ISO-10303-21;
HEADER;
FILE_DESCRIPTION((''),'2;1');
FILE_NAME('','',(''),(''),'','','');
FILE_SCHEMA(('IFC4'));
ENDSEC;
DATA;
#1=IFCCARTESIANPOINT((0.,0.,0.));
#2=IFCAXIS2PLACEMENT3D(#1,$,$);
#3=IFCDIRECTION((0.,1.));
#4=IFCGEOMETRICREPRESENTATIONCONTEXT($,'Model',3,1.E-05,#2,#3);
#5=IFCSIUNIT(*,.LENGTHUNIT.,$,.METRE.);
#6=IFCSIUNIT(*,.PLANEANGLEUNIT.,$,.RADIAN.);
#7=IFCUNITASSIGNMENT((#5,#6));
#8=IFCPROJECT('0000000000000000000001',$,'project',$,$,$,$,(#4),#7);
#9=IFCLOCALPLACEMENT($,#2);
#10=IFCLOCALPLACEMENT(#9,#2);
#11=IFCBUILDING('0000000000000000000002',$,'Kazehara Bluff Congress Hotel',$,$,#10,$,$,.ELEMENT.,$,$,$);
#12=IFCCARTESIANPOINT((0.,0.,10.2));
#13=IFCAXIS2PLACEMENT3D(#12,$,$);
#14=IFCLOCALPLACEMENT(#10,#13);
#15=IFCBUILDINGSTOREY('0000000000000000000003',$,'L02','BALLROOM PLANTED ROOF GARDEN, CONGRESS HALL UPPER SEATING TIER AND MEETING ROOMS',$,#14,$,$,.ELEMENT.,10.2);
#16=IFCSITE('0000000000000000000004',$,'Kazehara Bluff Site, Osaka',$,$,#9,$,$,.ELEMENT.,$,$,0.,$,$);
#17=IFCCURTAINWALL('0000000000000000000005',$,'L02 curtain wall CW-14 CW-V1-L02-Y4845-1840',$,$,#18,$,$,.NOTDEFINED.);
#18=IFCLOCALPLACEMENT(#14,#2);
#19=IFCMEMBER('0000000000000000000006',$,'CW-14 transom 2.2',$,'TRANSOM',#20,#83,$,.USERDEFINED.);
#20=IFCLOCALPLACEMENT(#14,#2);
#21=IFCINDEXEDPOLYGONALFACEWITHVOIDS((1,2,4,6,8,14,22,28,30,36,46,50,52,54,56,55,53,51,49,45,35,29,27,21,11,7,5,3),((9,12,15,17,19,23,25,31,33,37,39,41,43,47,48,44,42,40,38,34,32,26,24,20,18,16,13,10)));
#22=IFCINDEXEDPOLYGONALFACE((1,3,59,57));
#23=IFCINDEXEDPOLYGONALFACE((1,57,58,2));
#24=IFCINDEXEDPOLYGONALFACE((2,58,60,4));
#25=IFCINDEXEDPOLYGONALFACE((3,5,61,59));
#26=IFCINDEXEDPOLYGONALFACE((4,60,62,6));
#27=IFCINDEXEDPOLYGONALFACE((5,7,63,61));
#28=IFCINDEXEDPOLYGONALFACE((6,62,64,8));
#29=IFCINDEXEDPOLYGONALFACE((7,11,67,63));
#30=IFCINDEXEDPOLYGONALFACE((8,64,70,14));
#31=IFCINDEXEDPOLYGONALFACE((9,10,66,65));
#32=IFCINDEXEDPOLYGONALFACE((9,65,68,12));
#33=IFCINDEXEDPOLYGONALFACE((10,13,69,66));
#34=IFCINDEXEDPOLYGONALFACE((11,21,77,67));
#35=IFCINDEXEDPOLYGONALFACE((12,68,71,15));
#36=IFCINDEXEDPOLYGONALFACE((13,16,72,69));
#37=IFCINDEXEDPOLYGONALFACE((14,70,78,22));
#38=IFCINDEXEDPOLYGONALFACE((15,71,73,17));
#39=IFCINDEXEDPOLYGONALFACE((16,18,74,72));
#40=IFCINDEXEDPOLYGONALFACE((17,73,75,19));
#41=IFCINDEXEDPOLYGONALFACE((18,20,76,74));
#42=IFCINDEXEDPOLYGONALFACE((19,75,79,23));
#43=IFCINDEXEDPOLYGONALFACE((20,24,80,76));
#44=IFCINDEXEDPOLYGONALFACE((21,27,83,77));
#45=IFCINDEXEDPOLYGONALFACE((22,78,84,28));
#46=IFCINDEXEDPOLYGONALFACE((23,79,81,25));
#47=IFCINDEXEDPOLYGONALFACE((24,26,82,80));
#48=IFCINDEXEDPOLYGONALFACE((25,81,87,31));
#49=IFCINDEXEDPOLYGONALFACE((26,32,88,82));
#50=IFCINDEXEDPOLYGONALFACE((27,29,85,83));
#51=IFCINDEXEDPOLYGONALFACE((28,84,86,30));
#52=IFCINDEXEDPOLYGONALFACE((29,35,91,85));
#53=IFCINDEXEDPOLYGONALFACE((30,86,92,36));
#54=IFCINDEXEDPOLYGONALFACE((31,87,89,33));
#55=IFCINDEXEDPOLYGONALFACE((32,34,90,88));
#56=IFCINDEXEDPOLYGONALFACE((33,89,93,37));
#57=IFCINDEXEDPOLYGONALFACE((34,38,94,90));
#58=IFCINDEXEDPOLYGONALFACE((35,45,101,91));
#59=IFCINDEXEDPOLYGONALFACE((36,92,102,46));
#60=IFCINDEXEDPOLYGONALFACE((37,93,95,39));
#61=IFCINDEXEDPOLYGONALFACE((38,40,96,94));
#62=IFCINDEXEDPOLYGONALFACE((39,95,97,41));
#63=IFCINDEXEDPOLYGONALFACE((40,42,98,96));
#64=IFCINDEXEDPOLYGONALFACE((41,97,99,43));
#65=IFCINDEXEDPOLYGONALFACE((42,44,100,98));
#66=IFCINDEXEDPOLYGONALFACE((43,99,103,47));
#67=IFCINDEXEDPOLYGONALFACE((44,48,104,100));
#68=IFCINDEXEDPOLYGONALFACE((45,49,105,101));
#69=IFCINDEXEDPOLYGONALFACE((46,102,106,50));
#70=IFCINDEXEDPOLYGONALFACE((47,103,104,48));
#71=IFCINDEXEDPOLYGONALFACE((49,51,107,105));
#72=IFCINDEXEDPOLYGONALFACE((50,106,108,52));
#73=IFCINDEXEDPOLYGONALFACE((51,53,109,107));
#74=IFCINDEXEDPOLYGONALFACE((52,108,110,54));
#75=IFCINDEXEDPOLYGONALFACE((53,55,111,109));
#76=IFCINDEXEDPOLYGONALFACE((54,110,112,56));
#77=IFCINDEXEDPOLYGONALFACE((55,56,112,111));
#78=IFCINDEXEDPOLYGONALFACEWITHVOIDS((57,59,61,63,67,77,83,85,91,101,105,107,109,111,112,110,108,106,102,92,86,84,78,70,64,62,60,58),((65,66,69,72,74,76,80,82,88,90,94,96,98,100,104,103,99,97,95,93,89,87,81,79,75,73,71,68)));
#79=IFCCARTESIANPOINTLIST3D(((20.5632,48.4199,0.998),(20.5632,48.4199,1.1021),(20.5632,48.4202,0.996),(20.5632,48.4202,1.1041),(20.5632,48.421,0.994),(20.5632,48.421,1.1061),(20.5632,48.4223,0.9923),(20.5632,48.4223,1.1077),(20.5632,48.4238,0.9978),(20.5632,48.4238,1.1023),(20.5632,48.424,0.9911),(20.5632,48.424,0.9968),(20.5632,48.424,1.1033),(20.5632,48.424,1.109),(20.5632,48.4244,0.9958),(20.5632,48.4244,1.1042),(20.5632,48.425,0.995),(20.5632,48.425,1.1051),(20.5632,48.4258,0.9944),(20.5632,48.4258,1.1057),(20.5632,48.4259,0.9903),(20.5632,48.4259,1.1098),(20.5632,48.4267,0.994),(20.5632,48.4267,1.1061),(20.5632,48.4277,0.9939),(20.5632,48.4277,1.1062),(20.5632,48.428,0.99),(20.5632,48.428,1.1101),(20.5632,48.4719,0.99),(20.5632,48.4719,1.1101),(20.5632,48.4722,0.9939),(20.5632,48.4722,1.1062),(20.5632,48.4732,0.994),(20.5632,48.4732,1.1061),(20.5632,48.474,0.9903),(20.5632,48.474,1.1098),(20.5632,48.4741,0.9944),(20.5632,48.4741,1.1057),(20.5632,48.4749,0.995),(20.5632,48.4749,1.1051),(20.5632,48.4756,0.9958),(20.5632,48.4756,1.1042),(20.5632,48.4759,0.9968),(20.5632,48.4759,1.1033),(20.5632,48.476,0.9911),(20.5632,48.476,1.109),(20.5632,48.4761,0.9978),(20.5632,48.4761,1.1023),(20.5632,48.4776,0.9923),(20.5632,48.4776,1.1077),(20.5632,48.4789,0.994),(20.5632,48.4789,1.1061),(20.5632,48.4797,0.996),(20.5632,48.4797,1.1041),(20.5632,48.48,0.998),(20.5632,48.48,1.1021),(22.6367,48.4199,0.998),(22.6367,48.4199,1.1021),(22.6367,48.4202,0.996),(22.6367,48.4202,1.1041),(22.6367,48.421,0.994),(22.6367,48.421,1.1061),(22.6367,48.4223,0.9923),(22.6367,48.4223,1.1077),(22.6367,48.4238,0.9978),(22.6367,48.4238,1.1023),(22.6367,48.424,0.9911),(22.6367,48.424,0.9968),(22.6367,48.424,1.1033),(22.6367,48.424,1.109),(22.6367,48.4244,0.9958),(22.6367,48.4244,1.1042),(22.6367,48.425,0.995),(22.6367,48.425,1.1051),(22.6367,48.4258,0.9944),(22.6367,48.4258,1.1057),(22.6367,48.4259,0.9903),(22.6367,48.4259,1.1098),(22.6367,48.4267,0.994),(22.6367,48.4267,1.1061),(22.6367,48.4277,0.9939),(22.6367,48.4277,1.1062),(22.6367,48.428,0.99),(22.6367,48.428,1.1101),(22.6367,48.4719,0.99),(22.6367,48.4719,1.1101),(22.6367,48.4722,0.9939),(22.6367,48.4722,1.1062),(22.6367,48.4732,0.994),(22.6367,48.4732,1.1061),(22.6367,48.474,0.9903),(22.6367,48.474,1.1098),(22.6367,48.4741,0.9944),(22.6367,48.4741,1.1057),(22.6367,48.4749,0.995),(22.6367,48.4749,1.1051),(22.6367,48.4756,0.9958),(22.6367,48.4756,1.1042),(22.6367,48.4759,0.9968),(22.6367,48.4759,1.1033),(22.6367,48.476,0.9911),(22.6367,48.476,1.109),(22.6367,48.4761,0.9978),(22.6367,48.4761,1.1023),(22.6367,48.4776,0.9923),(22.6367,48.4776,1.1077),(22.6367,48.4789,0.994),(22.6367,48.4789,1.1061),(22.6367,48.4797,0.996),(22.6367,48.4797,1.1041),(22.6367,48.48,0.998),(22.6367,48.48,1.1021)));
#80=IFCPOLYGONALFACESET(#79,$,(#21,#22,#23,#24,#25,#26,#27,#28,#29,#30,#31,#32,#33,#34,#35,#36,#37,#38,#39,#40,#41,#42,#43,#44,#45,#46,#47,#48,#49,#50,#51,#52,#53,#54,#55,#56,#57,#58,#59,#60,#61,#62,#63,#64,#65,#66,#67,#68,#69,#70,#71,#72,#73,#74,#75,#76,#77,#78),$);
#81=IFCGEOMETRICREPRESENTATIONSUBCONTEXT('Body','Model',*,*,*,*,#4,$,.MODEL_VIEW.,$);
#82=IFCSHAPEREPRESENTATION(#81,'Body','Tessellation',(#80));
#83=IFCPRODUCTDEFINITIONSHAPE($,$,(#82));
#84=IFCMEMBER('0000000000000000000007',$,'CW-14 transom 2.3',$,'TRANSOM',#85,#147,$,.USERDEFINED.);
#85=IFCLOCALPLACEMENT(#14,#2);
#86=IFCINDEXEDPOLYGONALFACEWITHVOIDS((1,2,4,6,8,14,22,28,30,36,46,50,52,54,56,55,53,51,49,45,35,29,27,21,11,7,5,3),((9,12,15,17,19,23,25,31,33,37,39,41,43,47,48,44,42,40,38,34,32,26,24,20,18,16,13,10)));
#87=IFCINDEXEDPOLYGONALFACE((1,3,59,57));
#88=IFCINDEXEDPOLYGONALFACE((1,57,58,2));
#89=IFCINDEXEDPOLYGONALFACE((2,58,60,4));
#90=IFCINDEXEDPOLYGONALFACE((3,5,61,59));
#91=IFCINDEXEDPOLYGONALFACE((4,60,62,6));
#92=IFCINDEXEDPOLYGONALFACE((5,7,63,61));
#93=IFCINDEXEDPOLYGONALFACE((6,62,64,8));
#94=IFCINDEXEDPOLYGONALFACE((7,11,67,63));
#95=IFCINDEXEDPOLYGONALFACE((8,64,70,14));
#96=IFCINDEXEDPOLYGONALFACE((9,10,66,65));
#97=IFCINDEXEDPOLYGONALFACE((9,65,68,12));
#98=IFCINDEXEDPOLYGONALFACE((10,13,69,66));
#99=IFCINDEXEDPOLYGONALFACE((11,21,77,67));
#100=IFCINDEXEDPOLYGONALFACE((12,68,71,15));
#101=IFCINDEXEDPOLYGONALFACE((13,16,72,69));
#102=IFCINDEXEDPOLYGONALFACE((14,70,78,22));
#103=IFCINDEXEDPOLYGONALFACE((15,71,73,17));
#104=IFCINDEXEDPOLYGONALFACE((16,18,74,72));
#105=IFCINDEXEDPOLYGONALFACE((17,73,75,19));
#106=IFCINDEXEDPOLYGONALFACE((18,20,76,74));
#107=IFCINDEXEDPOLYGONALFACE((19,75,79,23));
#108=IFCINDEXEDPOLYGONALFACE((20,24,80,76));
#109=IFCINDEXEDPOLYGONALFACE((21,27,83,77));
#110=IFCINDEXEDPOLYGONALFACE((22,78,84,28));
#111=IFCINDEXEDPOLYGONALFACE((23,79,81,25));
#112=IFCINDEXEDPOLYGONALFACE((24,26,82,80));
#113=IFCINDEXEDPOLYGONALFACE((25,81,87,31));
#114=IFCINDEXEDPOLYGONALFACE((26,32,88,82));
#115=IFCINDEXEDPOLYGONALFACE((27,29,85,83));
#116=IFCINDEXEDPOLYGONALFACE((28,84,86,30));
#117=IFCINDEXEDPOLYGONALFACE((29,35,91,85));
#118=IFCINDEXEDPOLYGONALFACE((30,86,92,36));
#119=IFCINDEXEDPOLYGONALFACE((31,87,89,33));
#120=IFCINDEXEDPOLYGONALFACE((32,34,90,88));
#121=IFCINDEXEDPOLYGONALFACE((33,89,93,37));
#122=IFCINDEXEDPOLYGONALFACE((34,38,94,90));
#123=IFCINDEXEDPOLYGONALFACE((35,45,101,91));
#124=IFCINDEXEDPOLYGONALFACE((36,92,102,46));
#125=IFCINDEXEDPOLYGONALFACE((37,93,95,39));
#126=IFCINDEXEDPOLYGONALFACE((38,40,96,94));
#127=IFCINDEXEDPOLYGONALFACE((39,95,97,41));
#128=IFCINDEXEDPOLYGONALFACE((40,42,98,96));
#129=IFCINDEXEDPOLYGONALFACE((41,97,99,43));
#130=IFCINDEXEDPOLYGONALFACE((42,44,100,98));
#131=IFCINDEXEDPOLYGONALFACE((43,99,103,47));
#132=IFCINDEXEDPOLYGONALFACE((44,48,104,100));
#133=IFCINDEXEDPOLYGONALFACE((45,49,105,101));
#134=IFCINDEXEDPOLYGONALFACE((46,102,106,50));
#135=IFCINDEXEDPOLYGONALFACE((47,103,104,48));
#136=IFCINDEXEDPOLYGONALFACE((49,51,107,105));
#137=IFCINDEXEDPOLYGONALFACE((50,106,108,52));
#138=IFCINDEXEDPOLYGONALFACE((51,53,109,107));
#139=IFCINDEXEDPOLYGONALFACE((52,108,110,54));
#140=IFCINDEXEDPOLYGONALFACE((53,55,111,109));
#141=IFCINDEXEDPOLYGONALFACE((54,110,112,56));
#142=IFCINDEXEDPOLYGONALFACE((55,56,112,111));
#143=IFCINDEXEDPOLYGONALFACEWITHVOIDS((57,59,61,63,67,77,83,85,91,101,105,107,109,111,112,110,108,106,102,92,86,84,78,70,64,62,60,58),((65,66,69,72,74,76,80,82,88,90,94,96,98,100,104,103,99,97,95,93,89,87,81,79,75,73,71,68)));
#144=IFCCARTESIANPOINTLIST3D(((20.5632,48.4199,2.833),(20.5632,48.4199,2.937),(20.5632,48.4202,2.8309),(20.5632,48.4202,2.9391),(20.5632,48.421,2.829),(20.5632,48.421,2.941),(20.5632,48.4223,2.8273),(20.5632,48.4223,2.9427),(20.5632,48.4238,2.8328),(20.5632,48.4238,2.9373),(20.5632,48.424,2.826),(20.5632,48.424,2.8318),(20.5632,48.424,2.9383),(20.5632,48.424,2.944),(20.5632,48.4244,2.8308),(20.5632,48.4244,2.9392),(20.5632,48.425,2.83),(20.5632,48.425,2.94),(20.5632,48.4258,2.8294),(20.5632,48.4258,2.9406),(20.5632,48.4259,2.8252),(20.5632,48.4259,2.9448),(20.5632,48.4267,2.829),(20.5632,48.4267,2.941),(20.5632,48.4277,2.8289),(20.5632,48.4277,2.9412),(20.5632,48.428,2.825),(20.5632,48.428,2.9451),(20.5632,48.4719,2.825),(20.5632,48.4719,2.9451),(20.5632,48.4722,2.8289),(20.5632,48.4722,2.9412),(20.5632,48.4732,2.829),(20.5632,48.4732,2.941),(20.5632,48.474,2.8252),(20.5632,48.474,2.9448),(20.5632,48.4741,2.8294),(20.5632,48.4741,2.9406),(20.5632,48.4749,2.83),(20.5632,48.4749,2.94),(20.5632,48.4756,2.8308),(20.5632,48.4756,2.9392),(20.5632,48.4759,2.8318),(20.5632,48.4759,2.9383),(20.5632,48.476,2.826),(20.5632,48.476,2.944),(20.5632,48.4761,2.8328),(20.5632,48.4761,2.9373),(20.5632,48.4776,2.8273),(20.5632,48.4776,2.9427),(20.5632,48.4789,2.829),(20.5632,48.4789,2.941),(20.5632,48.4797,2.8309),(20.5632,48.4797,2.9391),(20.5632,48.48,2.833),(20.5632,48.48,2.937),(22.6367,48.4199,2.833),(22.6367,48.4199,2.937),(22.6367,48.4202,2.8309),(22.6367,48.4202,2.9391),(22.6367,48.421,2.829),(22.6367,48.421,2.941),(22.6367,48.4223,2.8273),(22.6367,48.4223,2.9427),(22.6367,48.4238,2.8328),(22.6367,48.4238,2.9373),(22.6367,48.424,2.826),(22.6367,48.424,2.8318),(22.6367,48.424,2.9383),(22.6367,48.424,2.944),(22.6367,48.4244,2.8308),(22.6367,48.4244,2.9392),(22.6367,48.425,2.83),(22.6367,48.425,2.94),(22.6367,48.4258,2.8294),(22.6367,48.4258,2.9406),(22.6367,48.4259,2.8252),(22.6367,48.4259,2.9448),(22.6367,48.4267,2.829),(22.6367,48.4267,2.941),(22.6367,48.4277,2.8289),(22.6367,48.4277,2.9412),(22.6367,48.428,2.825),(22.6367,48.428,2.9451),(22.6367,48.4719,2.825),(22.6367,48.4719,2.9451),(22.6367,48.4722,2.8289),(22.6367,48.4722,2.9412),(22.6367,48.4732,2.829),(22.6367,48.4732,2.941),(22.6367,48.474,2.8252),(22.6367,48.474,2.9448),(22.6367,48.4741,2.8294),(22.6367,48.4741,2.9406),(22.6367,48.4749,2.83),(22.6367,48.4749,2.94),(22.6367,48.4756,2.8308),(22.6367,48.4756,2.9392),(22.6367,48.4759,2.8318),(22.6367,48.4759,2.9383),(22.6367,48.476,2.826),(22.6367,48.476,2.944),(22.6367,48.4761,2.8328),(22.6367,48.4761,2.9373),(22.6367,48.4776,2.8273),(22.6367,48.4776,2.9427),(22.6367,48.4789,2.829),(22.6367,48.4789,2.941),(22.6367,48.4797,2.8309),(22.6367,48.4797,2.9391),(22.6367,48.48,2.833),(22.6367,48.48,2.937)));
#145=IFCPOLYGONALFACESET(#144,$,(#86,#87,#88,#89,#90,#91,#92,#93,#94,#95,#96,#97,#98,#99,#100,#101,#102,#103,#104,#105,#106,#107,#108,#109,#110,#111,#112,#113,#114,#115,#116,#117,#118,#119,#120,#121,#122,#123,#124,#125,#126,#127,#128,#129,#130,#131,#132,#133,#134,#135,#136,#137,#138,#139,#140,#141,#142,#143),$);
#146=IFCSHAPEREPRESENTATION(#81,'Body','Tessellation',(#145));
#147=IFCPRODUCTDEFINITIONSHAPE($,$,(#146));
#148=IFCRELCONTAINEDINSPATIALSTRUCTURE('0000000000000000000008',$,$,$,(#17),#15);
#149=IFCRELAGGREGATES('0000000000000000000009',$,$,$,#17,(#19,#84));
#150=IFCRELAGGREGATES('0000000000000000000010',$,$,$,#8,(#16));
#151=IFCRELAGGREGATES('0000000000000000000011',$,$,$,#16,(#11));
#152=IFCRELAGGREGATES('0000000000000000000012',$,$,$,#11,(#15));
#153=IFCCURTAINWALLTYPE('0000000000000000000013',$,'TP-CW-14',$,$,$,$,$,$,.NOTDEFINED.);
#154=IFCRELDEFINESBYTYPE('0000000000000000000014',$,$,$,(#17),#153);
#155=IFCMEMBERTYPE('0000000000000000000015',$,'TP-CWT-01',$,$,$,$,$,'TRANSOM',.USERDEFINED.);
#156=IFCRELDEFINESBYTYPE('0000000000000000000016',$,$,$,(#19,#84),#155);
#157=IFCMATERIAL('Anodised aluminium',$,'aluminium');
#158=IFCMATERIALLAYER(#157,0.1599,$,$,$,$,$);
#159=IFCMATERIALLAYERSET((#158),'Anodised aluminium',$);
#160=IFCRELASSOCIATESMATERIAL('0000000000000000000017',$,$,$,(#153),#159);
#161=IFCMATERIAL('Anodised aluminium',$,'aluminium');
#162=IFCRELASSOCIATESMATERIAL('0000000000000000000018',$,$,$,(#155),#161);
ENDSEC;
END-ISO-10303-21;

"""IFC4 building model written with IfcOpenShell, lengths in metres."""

from ifc_helpers import new_model, si_unit, direction, frame, origin, origin_2d, place, context, subcontext, project, spatial, hollow_rectangle, extrude, material, layer, layer_set, material_profile, profile_set, type_object, element, aggregate, save


model = new_model("IFC4")

# Units and contexts
model_context = context("Model", 3, precision=1e-05, world=origin(), true_north=direction((0.0, 1.0)))
body_context = subcontext(model_context, "Body", "Model", "MODEL_VIEW")
ifc_project = project(units=[si_unit("LENGTHUNIT", "METRE"), si_unit("PLANEANGLEUNIT", "RADIAN")], contexts=[model_context])

# Site, building, storey
site_placement = place(None, origin())
site = spatial("IfcSite", under=ifc_project, at=site_placement, Name="Kazehara Bluff Site, Osaka", CompositionType="ELEMENT", RefElevation=0.0)
building_placement = place(site_placement, origin())
building = spatial("IfcBuilding", under=site, at=building_placement, Name="Kazehara Bluff Congress Hotel", CompositionType="ELEMENT")
storey_placement = place(building_placement, frame((0.0, 0.0, 10.2)))
storey = spatial("IfcBuildingStorey", under=building, at=storey_placement, Name="L02", Description="BALLROOM PLANTED ROOF GARDEN, CONGRESS HALL UPPER SEATING TIER AND MEETING ROOMS", CompositionType="ELEMENT", Elevation=10.2)

# Curtain wall, members
ifc_material_1 = material(Name="Anodised aluminium", Category="aluminium")
ifc_layer_1 = layer(ifc_material_1, 0.1599)
ifc_layer_set_1 = layer_set([ifc_layer_1], Name="Anodised aluminium")
curtain_wall_type = type_object("IfcCurtainWallType", Name="TP-CW-14", PredefinedType="NOTDEFINED", material=ifc_layer_set_1)
curtain_wall_placement = place(storey_placement, origin())
curtain_wall = element("IfcCurtainWall", 1, at=curtain_wall_placement, inside=storey, type_object=curtain_wall_type, Name="L02 curtain wall CW-14 CW-V1-L02-Y4845-1840", PredefinedType="NOTDEFINED")
ifc_material_2 = material(Name="Anodised aluminium", Category="aluminium")
ifc_material_profile_1 = material_profile(ifc_material_2, hollow_rectangle(XDim=0.0601, YDim=0.1201, WallThickness=0.0039, InnerFilletRadius=0.0039, OuterFilletRadius=0.0081, at=origin_2d()))
ifc_profile_set_1 = profile_set([ifc_material_profile_1], Name="Anodised aluminium")
member_type_1 = type_object("IfcMemberType", Name="TP-CWT-01", ElementType="TRANSOM", PredefinedType="USERDEFINED", material=ifc_profile_set_1)
member_1_placement = place(storey_placement, frame((20.5632, 48.45, 1.05), z_axis=(1.0, 0.0, 0.0), x_axis=(0.0, 1.0, 0.0)))
member_1 = element("IfcMember", 2, at=member_1_placement, type_object=member_type_1, Name="CW-14 transom 2.2", ObjectType="TRANSOM", PredefinedType="USERDEFINED", context=body_context, shape_type="SweptSolid", body=[
    extrude(hollow_rectangle(XDim=0.0601, YDim=0.1201, WallThickness=0.0039, InnerFilletRadius=0.0039, OuterFilletRadius=0.0081, at=origin_2d()), origin(), (0.0, 0.0, 1.0), 2.0735),
])
member_2_placement = place(storey_placement, frame((20.5632, 48.45, 2.885), z_axis=(1.0, 0.0, 0.0), x_axis=(0.0, 1.0, 0.0)))
member_2 = element("IfcMember", 3, at=member_2_placement, type_object=member_type_1, Name="CW-14 transom 2.3", ObjectType="TRANSOM", PredefinedType="USERDEFINED", context=body_context, shape_type="SweptSolid", body=[
    extrude(hollow_rectangle(XDim=0.0601, YDim=0.1201, WallThickness=0.0039, InnerFilletRadius=0.0039, OuterFilletRadius=0.0081, at=origin_2d()), origin(), (0.0, 0.0, 1.0), 2.0735),
])
aggregate(curtain_wall, [member_1, member_2])

save(model, "model.ifc")
